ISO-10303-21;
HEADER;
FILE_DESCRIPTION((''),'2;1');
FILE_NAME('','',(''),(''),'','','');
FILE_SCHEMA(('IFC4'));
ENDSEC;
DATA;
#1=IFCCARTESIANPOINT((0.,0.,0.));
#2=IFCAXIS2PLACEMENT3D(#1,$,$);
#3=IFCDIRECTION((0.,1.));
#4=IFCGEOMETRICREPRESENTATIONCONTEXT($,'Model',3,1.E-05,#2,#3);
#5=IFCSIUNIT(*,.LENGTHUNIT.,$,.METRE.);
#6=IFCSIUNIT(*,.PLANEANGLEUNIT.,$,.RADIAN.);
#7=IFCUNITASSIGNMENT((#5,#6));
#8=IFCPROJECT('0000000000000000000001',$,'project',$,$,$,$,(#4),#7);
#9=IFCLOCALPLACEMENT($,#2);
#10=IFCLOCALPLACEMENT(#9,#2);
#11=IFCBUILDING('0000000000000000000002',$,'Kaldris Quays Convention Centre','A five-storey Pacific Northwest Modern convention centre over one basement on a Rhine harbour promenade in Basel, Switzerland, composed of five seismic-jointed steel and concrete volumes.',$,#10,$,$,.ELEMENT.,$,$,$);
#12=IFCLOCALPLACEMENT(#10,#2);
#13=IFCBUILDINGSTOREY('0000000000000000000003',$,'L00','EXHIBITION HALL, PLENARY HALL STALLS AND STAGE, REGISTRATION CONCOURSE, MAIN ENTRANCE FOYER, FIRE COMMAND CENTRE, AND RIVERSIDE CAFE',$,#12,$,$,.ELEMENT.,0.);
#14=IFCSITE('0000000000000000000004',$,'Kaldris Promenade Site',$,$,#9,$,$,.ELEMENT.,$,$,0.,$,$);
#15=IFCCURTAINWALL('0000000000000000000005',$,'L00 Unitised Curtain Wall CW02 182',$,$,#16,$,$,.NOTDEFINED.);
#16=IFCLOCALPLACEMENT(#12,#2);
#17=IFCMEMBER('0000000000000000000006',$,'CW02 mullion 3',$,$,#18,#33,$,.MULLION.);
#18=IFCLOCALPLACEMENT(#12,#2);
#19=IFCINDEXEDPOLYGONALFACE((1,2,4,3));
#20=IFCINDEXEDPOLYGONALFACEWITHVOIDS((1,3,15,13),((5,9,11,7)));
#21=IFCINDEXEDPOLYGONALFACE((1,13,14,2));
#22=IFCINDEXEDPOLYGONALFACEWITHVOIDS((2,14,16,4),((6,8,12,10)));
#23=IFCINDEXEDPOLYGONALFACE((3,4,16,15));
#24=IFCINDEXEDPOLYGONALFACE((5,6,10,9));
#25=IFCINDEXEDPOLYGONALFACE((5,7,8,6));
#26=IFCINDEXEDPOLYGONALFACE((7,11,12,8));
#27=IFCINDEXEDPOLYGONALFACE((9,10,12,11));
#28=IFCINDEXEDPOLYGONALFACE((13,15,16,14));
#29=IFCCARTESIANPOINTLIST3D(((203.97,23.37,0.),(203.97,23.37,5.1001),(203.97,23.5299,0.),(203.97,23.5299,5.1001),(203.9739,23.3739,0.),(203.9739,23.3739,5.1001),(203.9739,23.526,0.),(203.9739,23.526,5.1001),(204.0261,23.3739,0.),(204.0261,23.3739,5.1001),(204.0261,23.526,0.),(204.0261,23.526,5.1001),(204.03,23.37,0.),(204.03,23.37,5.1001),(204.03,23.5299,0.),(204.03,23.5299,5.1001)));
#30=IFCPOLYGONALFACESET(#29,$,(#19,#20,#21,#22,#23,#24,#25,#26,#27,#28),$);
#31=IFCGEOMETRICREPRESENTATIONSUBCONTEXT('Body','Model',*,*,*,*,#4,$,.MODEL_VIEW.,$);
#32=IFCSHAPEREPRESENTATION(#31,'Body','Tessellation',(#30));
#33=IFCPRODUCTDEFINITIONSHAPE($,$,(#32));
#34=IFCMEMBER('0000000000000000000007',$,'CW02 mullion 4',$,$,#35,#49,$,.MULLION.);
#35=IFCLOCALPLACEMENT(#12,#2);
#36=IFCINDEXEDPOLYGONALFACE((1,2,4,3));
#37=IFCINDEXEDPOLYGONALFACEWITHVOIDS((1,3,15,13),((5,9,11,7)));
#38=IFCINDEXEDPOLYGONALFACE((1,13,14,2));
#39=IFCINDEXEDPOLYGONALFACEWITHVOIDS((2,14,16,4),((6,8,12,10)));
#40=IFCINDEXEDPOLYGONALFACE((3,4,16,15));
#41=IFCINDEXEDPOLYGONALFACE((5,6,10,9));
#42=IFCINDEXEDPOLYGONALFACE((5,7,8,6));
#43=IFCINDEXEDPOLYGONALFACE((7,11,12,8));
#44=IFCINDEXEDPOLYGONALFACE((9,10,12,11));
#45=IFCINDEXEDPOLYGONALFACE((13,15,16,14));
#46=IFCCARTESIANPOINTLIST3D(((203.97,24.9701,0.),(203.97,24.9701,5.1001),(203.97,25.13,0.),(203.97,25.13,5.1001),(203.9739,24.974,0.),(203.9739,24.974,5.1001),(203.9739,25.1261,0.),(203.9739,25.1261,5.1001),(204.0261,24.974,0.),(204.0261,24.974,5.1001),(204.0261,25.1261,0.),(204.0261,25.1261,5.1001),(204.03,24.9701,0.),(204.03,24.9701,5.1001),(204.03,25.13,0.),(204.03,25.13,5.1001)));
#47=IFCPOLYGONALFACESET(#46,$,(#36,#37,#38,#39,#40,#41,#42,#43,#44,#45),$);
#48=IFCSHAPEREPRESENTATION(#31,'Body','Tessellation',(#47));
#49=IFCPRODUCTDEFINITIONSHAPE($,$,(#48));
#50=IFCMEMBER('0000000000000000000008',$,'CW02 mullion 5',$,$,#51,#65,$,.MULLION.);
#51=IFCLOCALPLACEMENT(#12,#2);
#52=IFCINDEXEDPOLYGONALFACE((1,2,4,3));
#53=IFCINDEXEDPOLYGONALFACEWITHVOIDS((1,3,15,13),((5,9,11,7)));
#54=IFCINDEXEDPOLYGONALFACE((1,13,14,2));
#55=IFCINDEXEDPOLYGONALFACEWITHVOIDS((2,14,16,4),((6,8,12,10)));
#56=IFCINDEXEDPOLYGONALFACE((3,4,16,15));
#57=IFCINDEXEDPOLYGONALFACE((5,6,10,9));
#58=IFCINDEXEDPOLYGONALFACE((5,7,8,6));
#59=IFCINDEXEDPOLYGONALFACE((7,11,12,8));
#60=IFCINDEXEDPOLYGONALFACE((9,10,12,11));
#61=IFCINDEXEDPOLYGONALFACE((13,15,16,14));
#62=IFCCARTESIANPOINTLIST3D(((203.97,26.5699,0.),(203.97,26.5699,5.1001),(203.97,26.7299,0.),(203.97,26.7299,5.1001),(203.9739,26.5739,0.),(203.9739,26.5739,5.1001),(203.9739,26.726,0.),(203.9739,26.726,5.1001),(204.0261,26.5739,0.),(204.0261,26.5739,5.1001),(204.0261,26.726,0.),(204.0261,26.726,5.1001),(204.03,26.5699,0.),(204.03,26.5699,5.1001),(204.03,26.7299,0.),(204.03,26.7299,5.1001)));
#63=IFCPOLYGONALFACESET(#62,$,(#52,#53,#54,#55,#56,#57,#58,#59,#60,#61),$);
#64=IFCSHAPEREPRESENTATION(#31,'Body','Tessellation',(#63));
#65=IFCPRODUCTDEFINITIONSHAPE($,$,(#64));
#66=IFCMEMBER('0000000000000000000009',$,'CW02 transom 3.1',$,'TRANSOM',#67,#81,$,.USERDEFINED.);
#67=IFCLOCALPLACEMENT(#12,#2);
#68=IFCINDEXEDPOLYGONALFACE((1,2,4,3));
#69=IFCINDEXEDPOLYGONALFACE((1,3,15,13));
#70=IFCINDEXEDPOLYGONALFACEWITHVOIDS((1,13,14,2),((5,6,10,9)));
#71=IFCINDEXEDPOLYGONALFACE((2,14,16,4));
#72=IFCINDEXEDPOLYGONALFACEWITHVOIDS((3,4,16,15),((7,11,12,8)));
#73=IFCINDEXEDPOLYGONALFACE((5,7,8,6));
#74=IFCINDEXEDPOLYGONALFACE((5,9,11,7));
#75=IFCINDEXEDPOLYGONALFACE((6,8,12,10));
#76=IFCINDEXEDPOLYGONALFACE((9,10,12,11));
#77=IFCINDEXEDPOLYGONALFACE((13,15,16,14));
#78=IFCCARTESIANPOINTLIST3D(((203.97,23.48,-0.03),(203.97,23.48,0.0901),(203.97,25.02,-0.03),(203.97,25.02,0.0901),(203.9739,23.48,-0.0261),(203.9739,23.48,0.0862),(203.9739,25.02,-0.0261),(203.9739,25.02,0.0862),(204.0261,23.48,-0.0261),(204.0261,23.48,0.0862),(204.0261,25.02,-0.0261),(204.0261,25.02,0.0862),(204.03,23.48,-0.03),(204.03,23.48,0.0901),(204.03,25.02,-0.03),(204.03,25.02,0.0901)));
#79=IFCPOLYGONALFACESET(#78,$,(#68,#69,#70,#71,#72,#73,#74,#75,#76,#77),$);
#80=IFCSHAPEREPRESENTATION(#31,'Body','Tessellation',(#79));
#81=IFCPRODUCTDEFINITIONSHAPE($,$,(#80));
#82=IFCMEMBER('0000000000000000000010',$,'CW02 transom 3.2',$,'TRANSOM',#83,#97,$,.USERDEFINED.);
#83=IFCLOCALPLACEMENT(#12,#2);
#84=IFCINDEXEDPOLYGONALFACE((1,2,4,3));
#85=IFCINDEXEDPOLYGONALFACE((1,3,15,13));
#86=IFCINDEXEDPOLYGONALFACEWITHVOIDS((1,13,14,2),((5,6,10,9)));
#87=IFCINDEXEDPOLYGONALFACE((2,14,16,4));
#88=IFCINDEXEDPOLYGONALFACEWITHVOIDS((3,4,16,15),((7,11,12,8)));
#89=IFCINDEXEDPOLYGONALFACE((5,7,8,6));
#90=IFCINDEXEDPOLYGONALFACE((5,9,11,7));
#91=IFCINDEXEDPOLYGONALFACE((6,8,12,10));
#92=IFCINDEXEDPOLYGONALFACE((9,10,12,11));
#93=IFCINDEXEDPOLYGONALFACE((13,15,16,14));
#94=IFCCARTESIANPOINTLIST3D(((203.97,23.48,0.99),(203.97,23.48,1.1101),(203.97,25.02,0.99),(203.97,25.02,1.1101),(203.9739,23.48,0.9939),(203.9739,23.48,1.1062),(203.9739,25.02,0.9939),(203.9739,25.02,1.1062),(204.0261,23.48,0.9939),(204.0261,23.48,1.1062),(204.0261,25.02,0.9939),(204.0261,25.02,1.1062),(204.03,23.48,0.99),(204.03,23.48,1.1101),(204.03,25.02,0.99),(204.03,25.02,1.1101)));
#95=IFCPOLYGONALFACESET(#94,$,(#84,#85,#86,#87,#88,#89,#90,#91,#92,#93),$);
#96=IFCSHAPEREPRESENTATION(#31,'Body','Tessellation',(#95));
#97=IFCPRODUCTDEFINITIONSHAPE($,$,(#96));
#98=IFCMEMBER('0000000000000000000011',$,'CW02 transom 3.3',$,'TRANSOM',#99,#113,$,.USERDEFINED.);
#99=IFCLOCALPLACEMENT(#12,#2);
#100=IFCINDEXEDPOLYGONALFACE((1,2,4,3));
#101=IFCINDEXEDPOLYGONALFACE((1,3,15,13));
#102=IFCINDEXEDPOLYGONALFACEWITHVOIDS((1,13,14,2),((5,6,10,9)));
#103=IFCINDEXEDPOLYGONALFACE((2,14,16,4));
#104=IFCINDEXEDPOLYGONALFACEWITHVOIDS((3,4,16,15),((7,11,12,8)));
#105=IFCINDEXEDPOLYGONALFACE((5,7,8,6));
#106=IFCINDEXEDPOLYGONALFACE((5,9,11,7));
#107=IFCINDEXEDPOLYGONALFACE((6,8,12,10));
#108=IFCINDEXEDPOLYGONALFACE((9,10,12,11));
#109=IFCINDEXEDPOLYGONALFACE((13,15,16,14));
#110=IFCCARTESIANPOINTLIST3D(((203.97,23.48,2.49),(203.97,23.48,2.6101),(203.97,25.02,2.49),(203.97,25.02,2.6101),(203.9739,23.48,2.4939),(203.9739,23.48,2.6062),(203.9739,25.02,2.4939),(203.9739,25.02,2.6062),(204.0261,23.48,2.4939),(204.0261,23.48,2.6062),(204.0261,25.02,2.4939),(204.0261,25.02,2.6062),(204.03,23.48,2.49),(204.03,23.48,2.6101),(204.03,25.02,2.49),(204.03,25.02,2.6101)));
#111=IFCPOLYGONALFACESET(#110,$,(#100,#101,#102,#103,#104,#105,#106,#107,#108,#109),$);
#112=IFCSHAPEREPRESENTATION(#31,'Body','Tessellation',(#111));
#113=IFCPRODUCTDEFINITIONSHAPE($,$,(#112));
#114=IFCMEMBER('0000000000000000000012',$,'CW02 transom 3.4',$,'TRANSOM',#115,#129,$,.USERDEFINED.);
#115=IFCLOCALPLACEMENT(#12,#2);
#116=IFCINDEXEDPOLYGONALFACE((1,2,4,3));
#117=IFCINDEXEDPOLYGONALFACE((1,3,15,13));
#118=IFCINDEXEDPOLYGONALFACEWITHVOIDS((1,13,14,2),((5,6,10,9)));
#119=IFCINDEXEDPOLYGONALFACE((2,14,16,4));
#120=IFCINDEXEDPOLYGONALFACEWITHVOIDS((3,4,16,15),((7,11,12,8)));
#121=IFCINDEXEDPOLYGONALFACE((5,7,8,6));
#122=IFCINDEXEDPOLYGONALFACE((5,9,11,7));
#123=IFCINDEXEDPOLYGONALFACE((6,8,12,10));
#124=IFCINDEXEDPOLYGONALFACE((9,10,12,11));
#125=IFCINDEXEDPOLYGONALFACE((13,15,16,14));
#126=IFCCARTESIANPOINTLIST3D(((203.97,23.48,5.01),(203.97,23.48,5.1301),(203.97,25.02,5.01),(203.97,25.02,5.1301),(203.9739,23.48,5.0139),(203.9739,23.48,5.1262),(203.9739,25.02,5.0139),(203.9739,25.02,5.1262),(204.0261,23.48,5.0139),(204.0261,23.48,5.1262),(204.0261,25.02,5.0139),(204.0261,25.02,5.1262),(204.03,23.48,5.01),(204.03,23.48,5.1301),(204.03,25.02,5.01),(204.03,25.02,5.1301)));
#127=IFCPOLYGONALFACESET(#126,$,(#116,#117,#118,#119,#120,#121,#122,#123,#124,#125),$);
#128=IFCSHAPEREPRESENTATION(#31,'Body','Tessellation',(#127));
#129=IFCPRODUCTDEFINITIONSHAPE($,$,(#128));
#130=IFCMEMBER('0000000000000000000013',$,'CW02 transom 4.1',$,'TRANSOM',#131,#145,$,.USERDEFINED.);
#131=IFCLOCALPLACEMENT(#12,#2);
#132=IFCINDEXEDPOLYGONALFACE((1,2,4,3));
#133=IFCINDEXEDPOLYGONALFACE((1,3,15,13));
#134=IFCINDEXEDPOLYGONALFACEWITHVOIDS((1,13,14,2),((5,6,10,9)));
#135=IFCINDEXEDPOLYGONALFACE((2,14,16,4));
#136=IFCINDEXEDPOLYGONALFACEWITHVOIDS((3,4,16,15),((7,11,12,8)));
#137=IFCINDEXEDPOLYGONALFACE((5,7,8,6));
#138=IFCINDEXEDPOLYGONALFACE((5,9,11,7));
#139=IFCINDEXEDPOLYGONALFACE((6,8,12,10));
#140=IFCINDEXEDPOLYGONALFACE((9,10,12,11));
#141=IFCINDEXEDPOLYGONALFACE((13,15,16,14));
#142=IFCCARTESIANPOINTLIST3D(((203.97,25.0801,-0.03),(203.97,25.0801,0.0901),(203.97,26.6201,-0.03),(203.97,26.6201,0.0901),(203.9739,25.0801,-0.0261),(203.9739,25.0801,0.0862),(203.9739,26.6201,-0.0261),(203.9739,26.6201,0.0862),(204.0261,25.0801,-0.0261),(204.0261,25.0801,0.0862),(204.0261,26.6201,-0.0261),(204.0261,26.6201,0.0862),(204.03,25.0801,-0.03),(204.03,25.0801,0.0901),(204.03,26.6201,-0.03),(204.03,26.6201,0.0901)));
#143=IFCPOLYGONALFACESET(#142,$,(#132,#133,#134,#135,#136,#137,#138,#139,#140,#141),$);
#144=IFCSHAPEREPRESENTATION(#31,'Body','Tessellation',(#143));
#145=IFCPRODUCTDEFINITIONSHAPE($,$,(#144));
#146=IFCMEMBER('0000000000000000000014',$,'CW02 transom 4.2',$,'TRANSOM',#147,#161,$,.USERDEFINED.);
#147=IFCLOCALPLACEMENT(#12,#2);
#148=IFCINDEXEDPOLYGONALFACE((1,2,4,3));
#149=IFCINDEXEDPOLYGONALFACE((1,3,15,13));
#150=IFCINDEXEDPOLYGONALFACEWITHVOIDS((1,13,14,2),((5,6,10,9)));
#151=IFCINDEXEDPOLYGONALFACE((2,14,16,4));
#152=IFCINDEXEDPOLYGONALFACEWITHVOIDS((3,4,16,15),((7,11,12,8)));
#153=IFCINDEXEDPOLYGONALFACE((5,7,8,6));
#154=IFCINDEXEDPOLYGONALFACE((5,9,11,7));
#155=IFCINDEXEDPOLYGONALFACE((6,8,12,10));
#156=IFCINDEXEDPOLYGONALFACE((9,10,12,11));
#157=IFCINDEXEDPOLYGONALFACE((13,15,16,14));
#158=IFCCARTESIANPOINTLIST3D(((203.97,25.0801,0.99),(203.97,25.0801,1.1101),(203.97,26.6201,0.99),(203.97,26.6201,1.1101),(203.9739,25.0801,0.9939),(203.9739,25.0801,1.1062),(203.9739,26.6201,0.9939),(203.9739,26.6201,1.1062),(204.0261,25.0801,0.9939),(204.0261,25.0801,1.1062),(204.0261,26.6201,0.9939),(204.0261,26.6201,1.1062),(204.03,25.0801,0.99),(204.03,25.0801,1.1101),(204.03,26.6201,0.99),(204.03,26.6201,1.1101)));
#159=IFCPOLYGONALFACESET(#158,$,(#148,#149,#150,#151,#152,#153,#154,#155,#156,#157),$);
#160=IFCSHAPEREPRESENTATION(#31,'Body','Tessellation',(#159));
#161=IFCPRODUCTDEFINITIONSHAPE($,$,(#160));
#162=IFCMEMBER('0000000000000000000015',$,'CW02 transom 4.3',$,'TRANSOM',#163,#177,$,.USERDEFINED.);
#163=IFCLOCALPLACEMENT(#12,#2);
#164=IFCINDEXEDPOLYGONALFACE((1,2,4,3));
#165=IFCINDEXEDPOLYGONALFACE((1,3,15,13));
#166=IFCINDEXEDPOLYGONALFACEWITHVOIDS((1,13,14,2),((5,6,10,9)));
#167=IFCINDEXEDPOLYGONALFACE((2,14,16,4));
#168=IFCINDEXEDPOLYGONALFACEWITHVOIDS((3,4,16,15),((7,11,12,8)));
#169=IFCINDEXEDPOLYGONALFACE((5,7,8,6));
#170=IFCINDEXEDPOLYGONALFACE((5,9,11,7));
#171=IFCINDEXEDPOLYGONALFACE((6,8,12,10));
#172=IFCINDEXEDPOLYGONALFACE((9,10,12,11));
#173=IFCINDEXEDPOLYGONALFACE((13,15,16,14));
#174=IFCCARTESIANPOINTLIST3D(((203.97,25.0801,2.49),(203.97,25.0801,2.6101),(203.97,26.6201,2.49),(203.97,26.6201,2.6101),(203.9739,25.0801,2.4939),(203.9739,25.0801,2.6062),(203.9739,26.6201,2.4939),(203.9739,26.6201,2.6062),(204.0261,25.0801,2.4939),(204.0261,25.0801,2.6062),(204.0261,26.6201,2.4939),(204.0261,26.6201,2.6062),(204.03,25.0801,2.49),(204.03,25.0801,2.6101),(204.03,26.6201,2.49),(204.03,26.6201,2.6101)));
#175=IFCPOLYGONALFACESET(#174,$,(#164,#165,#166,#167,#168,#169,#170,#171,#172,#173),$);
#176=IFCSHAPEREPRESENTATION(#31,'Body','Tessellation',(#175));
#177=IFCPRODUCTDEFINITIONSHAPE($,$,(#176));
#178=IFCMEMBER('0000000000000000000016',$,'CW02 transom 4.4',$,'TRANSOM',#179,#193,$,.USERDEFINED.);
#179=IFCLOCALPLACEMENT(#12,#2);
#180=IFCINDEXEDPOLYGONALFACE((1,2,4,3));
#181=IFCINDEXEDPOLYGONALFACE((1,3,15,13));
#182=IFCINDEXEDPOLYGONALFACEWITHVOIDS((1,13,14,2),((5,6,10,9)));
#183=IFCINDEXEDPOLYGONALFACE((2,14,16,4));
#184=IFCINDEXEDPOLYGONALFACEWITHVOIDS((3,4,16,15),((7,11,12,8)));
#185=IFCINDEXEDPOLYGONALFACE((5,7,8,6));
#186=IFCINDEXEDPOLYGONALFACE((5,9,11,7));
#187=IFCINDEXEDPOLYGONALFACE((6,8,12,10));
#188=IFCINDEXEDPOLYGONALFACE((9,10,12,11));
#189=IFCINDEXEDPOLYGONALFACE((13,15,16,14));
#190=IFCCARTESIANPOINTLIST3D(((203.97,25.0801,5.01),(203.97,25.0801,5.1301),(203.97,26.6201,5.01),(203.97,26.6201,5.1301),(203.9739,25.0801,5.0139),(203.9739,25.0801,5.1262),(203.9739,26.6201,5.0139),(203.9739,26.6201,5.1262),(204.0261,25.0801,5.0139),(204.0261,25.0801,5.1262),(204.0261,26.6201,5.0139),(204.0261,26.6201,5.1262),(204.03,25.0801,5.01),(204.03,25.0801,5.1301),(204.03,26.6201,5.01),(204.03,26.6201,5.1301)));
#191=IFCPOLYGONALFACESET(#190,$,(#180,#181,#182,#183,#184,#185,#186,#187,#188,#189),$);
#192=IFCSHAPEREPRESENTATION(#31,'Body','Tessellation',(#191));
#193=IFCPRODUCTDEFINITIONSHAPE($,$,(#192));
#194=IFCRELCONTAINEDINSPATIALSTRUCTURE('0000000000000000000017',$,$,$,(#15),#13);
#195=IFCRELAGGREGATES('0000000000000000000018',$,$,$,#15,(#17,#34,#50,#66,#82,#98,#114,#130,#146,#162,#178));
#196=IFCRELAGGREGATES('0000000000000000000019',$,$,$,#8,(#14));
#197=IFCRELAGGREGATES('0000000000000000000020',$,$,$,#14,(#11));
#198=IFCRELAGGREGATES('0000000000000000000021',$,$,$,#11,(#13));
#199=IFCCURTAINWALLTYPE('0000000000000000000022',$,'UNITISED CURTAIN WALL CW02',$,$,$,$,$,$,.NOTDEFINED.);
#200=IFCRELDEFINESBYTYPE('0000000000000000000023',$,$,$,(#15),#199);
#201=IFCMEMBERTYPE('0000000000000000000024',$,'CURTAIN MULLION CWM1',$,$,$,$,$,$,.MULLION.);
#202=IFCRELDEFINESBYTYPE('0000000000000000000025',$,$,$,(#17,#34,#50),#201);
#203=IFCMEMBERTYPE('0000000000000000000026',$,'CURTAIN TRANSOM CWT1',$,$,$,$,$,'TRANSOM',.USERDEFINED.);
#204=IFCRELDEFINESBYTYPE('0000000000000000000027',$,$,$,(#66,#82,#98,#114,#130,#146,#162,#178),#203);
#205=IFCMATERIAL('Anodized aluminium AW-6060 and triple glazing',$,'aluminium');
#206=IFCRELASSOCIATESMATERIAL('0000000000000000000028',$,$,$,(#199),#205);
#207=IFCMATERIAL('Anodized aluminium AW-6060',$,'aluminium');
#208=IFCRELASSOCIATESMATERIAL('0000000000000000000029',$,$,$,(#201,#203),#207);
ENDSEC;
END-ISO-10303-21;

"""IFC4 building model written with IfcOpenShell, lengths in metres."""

from ifc_helpers import new_model, si_unit, direction, frame, origin, origin_2d, place, context, subcontext, project, spatial, hollow_rectangle, extrude, material, material_profile, profile_set, type_object, element, aggregate, save


model = new_model("IFC4")

# Units and contexts
model_context = context("Model", 3, precision=1e-05, world=origin(), true_north=direction((0.0, 1.0)))
body_context = subcontext(model_context, "Body", "Model", "MODEL_VIEW")
ifc_project = project(units=[si_unit("LENGTHUNIT", "METRE"), si_unit("PLANEANGLEUNIT", "RADIAN")], contexts=[model_context])

# Site, building, storey
site_placement = place(None, origin())
site = spatial("IfcSite", under=ifc_project, at=site_placement, Name="Kaldris Promenade Site", CompositionType="ELEMENT", RefElevation=0.0)
building_placement = place(site_placement, origin())
building = spatial("IfcBuilding", under=site, at=building_placement, Name="Kaldris Quays Convention Centre", Description="A five-storey Pacific Northwest Modern convention centre over one basement on a Rhine harbour promenade in Basel, Switzerland, composed of five seismic-jointed steel and concrete volumes.", CompositionType="ELEMENT")
storey_placement = place(building_placement, origin())
storey = spatial("IfcBuildingStorey", under=building, at=storey_placement, Name="L00", Description="EXHIBITION HALL, PLENARY HALL STALLS AND STAGE, REGISTRATION CONCOURSE, MAIN ENTRANCE FOYER, FIRE COMMAND CENTRE, AND RIVERSIDE CAFE", CompositionType="ELEMENT", Elevation=0.0)

# Curtain wall, members
ifc_material_1 = material(Name="Anodized aluminium AW-6060 and triple glazing", Category="aluminium")
curtain_wall_type = type_object("IfcCurtainWallType", Name="UNITISED CURTAIN WALL CW02", PredefinedType="NOTDEFINED", material=ifc_material_1)
curtain_wall_placement = place(storey_placement, origin())
curtain_wall = element("IfcCurtainWall", 1, at=curtain_wall_placement, inside=storey, type_object=curtain_wall_type, Name="L00 Unitised Curtain Wall CW02 182", PredefinedType="NOTDEFINED")
ifc_material_2 = material(Name="Anodized aluminium AW-6060", Category="aluminium")
ifc_material_profile_1 = material_profile(ifc_material_2, hollow_rectangle(XDim=0.0601, YDim=0.1599, WallThickness=0.0039, at=origin_2d()), Name="RHS 160x60x4")
ifc_profile_set_1 = profile_set([ifc_material_profile_1], Name="Anodized aluminium AW-6060")
member_type_1 = type_object("IfcMemberType", Name="CURTAIN MULLION CWM1", PredefinedType="MULLION", material=ifc_profile_set_1)
member_1_placement = place(storey_placement, frame((204.0, 23.45, 0.0), z_axis=(0.0, 0.0, 1.0), x_axis=(-1.0, 0.0, 0.0)))
member_1 = element("IfcMember", 2, at=member_1_placement, type_object=member_type_1, Name="CW02 mullion 3", PredefinedType="MULLION", context=body_context, shape_type="SweptSolid", body=[
    extrude(hollow_rectangle(XDim=0.0601, YDim=0.1599, WallThickness=0.0039, at=origin_2d()), origin(), (0.0, 0.0, 1.0), 5.1001),
])
member_2_placement = place(storey_placement, frame((204.0, 25.05, 0.0), z_axis=(0.0, 0.0, 1.0), x_axis=(-1.0, 0.0, 0.0)))
member_2 = element("IfcMember", 3, at=member_2_placement, type_object=member_type_1, Name="CW02 mullion 4", PredefinedType="MULLION", context=body_context, shape_type="SweptSolid", body=[
    extrude(hollow_rectangle(XDim=0.0601, YDim=0.1599, WallThickness=0.0039, at=origin_2d()), origin(), (0.0, 0.0, 1.0), 5.1001),
])
member_3_placement = place(storey_placement, frame((204.0, 26.6499, 0.0), z_axis=(0.0, 0.0, 1.0), x_axis=(-1.0, 0.0, 0.0)))
member_3 = element("IfcMember", 4, at=member_3_placement, type_object=member_type_1, Name="CW02 mullion 5", PredefinedType="MULLION", context=body_context, shape_type="SweptSolid", body=[
    extrude(hollow_rectangle(XDim=0.0601, YDim=0.1599, WallThickness=0.0039, at=origin_2d()), origin(), (0.0, 0.0, 1.0), 5.1001),
])
ifc_material_profile_2 = material_profile(ifc_material_2, hollow_rectangle(XDim=0.0601, YDim=0.1201, WallThickness=0.0039, at=origin_2d()), Name="RHS 120x60x4")
ifc_profile_set_2 = profile_set([ifc_material_profile_2], Name="Anodized aluminium AW-6060")
member_type_2 = type_object("IfcMemberType", Name="CURTAIN TRANSOM CWT1", ElementType="TRANSOM", PredefinedType="USERDEFINED", material=ifc_profile_set_2)
member_4_placement = place(storey_placement, frame((204.0, 23.48, 0.03), z_axis=(0.0, 1.0, 0.0), x_axis=(-1.0, 0.0, 0.0)))
member_4 = element("IfcMember", 5, at=member_4_placement, type_object=member_type_2, Name="CW02 transom 3.1", ObjectType="TRANSOM", PredefinedType="USERDEFINED", context=body_context, shape_type="SweptSolid", body=[
    extrude(hollow_rectangle(XDim=0.0601, YDim=0.1201, WallThickness=0.0039, at=origin_2d()), origin(), (0.0, 0.0, 1.0), 1.54),
])
member_5_placement = place(storey_placement, frame((204.0, 23.48, 1.05), z_axis=(0.0, 1.0, 0.0), x_axis=(-1.0, 0.0, 0.0)))
member_5 = element("IfcMember", 6, at=member_5_placement, type_object=member_type_2, Name="CW02 transom 3.2", ObjectType="TRANSOM", PredefinedType="USERDEFINED", context=body_context, shape_type="SweptSolid", body=[
    extrude(hollow_rectangle(XDim=0.0601, YDim=0.1201, WallThickness=0.0039, at=origin_2d()), origin(), (0.0, 0.0, 1.0), 1.54),
])
member_6_placement = place(storey_placement, frame((204.0, 23.48, 2.55), z_axis=(0.0, 1.0, 0.0), x_axis=(-1.0, 0.0, 0.0)))
member_6 = element("IfcMember", 7, at=member_6_placement, type_object=member_type_2, Name="CW02 transom 3.3", ObjectType="TRANSOM", PredefinedType="USERDEFINED", context=body_context, shape_type="SweptSolid", body=[
    extrude(hollow_rectangle(XDim=0.0601, YDim=0.1201, WallThickness=0.0039, at=origin_2d()), origin(), (0.0, 0.0, 1.0), 1.54),
])
member_7_placement = place(storey_placement, frame((204.0, 23.48, 5.0701), z_axis=(0.0, 1.0, 0.0), x_axis=(-1.0, 0.0, 0.0)))
member_7 = element("IfcMember", 8, at=member_7_placement, type_object=member_type_2, Name="CW02 transom 3.4", ObjectType="TRANSOM", PredefinedType="USERDEFINED", context=body_context, shape_type="SweptSolid", body=[
    extrude(hollow_rectangle(XDim=0.0601, YDim=0.1201, WallThickness=0.0039, at=origin_2d()), origin(), (0.0, 0.0, 1.0), 1.54),
])
member_8_placement = place(storey_placement, frame((204.0, 25.0801, 0.03), z_axis=(0.0, 1.0, 0.0), x_axis=(-1.0, 0.0, 0.0)))
member_8 = element("IfcMember", 9, at=member_8_placement, type_object=member_type_2, Name="CW02 transom 4.1", ObjectType="TRANSOM", PredefinedType="USERDEFINED", context=body_context, shape_type="SweptSolid", body=[
    extrude(hollow_rectangle(XDim=0.0601, YDim=0.1201, WallThickness=0.0039, at=origin_2d()), origin(), (0.0, 0.0, 1.0), 1.54),
])
member_9_placement = place(storey_placement, frame((204.0, 25.0801, 1.05), z_axis=(0.0, 1.0, 0.0), x_axis=(-1.0, 0.0, 0.0)))
member_9 = element("IfcMember", 10, at=member_9_placement, type_object=member_type_2, Name="CW02 transom 4.2", ObjectType="TRANSOM", PredefinedType="USERDEFINED", context=body_context, shape_type="SweptSolid", body=[
    extrude(hollow_rectangle(XDim=0.0601, YDim=0.1201, WallThickness=0.0039, at=origin_2d()), origin(), (0.0, 0.0, 1.0), 1.54),
])
member_10_placement = place(storey_placement, frame((204.0, 25.0801, 2.55), z_axis=(0.0, 1.0, 0.0), x_axis=(-1.0, 0.0, 0.0)))
member_10 = element("IfcMember", 11, at=member_10_placement, type_object=member_type_2, Name="CW02 transom 4.3", ObjectType="TRANSOM", PredefinedType="USERDEFINED", context=body_context, shape_type="SweptSolid", body=[
    extrude(hollow_rectangle(XDim=0.0601, YDim=0.1201, WallThickness=0.0039, at=origin_2d()), origin(), (0.0, 0.0, 1.0), 1.54),
])
member_11_placement = place(storey_placement, frame((204.0, 25.0801, 5.0701), z_axis=(0.0, 1.0, 0.0), x_axis=(-1.0, 0.0, 0.0)))
member_11 = element("IfcMember", 12, at=member_11_placement, type_object=member_type_2, Name="CW02 transom 4.4", ObjectType="TRANSOM", PredefinedType="USERDEFINED", context=body_context, shape_type="SweptSolid", body=[
    extrude(hollow_rectangle(XDim=0.0601, YDim=0.1201, WallThickness=0.0039, at=origin_2d()), origin(), (0.0, 0.0, 1.0), 1.54),
])
aggregate(curtain_wall, [member_1, member_2, member_3, member_4, member_5, member_6, member_7, member_8, member_9, member_10, member_11])

save(model, "model.ifc")
